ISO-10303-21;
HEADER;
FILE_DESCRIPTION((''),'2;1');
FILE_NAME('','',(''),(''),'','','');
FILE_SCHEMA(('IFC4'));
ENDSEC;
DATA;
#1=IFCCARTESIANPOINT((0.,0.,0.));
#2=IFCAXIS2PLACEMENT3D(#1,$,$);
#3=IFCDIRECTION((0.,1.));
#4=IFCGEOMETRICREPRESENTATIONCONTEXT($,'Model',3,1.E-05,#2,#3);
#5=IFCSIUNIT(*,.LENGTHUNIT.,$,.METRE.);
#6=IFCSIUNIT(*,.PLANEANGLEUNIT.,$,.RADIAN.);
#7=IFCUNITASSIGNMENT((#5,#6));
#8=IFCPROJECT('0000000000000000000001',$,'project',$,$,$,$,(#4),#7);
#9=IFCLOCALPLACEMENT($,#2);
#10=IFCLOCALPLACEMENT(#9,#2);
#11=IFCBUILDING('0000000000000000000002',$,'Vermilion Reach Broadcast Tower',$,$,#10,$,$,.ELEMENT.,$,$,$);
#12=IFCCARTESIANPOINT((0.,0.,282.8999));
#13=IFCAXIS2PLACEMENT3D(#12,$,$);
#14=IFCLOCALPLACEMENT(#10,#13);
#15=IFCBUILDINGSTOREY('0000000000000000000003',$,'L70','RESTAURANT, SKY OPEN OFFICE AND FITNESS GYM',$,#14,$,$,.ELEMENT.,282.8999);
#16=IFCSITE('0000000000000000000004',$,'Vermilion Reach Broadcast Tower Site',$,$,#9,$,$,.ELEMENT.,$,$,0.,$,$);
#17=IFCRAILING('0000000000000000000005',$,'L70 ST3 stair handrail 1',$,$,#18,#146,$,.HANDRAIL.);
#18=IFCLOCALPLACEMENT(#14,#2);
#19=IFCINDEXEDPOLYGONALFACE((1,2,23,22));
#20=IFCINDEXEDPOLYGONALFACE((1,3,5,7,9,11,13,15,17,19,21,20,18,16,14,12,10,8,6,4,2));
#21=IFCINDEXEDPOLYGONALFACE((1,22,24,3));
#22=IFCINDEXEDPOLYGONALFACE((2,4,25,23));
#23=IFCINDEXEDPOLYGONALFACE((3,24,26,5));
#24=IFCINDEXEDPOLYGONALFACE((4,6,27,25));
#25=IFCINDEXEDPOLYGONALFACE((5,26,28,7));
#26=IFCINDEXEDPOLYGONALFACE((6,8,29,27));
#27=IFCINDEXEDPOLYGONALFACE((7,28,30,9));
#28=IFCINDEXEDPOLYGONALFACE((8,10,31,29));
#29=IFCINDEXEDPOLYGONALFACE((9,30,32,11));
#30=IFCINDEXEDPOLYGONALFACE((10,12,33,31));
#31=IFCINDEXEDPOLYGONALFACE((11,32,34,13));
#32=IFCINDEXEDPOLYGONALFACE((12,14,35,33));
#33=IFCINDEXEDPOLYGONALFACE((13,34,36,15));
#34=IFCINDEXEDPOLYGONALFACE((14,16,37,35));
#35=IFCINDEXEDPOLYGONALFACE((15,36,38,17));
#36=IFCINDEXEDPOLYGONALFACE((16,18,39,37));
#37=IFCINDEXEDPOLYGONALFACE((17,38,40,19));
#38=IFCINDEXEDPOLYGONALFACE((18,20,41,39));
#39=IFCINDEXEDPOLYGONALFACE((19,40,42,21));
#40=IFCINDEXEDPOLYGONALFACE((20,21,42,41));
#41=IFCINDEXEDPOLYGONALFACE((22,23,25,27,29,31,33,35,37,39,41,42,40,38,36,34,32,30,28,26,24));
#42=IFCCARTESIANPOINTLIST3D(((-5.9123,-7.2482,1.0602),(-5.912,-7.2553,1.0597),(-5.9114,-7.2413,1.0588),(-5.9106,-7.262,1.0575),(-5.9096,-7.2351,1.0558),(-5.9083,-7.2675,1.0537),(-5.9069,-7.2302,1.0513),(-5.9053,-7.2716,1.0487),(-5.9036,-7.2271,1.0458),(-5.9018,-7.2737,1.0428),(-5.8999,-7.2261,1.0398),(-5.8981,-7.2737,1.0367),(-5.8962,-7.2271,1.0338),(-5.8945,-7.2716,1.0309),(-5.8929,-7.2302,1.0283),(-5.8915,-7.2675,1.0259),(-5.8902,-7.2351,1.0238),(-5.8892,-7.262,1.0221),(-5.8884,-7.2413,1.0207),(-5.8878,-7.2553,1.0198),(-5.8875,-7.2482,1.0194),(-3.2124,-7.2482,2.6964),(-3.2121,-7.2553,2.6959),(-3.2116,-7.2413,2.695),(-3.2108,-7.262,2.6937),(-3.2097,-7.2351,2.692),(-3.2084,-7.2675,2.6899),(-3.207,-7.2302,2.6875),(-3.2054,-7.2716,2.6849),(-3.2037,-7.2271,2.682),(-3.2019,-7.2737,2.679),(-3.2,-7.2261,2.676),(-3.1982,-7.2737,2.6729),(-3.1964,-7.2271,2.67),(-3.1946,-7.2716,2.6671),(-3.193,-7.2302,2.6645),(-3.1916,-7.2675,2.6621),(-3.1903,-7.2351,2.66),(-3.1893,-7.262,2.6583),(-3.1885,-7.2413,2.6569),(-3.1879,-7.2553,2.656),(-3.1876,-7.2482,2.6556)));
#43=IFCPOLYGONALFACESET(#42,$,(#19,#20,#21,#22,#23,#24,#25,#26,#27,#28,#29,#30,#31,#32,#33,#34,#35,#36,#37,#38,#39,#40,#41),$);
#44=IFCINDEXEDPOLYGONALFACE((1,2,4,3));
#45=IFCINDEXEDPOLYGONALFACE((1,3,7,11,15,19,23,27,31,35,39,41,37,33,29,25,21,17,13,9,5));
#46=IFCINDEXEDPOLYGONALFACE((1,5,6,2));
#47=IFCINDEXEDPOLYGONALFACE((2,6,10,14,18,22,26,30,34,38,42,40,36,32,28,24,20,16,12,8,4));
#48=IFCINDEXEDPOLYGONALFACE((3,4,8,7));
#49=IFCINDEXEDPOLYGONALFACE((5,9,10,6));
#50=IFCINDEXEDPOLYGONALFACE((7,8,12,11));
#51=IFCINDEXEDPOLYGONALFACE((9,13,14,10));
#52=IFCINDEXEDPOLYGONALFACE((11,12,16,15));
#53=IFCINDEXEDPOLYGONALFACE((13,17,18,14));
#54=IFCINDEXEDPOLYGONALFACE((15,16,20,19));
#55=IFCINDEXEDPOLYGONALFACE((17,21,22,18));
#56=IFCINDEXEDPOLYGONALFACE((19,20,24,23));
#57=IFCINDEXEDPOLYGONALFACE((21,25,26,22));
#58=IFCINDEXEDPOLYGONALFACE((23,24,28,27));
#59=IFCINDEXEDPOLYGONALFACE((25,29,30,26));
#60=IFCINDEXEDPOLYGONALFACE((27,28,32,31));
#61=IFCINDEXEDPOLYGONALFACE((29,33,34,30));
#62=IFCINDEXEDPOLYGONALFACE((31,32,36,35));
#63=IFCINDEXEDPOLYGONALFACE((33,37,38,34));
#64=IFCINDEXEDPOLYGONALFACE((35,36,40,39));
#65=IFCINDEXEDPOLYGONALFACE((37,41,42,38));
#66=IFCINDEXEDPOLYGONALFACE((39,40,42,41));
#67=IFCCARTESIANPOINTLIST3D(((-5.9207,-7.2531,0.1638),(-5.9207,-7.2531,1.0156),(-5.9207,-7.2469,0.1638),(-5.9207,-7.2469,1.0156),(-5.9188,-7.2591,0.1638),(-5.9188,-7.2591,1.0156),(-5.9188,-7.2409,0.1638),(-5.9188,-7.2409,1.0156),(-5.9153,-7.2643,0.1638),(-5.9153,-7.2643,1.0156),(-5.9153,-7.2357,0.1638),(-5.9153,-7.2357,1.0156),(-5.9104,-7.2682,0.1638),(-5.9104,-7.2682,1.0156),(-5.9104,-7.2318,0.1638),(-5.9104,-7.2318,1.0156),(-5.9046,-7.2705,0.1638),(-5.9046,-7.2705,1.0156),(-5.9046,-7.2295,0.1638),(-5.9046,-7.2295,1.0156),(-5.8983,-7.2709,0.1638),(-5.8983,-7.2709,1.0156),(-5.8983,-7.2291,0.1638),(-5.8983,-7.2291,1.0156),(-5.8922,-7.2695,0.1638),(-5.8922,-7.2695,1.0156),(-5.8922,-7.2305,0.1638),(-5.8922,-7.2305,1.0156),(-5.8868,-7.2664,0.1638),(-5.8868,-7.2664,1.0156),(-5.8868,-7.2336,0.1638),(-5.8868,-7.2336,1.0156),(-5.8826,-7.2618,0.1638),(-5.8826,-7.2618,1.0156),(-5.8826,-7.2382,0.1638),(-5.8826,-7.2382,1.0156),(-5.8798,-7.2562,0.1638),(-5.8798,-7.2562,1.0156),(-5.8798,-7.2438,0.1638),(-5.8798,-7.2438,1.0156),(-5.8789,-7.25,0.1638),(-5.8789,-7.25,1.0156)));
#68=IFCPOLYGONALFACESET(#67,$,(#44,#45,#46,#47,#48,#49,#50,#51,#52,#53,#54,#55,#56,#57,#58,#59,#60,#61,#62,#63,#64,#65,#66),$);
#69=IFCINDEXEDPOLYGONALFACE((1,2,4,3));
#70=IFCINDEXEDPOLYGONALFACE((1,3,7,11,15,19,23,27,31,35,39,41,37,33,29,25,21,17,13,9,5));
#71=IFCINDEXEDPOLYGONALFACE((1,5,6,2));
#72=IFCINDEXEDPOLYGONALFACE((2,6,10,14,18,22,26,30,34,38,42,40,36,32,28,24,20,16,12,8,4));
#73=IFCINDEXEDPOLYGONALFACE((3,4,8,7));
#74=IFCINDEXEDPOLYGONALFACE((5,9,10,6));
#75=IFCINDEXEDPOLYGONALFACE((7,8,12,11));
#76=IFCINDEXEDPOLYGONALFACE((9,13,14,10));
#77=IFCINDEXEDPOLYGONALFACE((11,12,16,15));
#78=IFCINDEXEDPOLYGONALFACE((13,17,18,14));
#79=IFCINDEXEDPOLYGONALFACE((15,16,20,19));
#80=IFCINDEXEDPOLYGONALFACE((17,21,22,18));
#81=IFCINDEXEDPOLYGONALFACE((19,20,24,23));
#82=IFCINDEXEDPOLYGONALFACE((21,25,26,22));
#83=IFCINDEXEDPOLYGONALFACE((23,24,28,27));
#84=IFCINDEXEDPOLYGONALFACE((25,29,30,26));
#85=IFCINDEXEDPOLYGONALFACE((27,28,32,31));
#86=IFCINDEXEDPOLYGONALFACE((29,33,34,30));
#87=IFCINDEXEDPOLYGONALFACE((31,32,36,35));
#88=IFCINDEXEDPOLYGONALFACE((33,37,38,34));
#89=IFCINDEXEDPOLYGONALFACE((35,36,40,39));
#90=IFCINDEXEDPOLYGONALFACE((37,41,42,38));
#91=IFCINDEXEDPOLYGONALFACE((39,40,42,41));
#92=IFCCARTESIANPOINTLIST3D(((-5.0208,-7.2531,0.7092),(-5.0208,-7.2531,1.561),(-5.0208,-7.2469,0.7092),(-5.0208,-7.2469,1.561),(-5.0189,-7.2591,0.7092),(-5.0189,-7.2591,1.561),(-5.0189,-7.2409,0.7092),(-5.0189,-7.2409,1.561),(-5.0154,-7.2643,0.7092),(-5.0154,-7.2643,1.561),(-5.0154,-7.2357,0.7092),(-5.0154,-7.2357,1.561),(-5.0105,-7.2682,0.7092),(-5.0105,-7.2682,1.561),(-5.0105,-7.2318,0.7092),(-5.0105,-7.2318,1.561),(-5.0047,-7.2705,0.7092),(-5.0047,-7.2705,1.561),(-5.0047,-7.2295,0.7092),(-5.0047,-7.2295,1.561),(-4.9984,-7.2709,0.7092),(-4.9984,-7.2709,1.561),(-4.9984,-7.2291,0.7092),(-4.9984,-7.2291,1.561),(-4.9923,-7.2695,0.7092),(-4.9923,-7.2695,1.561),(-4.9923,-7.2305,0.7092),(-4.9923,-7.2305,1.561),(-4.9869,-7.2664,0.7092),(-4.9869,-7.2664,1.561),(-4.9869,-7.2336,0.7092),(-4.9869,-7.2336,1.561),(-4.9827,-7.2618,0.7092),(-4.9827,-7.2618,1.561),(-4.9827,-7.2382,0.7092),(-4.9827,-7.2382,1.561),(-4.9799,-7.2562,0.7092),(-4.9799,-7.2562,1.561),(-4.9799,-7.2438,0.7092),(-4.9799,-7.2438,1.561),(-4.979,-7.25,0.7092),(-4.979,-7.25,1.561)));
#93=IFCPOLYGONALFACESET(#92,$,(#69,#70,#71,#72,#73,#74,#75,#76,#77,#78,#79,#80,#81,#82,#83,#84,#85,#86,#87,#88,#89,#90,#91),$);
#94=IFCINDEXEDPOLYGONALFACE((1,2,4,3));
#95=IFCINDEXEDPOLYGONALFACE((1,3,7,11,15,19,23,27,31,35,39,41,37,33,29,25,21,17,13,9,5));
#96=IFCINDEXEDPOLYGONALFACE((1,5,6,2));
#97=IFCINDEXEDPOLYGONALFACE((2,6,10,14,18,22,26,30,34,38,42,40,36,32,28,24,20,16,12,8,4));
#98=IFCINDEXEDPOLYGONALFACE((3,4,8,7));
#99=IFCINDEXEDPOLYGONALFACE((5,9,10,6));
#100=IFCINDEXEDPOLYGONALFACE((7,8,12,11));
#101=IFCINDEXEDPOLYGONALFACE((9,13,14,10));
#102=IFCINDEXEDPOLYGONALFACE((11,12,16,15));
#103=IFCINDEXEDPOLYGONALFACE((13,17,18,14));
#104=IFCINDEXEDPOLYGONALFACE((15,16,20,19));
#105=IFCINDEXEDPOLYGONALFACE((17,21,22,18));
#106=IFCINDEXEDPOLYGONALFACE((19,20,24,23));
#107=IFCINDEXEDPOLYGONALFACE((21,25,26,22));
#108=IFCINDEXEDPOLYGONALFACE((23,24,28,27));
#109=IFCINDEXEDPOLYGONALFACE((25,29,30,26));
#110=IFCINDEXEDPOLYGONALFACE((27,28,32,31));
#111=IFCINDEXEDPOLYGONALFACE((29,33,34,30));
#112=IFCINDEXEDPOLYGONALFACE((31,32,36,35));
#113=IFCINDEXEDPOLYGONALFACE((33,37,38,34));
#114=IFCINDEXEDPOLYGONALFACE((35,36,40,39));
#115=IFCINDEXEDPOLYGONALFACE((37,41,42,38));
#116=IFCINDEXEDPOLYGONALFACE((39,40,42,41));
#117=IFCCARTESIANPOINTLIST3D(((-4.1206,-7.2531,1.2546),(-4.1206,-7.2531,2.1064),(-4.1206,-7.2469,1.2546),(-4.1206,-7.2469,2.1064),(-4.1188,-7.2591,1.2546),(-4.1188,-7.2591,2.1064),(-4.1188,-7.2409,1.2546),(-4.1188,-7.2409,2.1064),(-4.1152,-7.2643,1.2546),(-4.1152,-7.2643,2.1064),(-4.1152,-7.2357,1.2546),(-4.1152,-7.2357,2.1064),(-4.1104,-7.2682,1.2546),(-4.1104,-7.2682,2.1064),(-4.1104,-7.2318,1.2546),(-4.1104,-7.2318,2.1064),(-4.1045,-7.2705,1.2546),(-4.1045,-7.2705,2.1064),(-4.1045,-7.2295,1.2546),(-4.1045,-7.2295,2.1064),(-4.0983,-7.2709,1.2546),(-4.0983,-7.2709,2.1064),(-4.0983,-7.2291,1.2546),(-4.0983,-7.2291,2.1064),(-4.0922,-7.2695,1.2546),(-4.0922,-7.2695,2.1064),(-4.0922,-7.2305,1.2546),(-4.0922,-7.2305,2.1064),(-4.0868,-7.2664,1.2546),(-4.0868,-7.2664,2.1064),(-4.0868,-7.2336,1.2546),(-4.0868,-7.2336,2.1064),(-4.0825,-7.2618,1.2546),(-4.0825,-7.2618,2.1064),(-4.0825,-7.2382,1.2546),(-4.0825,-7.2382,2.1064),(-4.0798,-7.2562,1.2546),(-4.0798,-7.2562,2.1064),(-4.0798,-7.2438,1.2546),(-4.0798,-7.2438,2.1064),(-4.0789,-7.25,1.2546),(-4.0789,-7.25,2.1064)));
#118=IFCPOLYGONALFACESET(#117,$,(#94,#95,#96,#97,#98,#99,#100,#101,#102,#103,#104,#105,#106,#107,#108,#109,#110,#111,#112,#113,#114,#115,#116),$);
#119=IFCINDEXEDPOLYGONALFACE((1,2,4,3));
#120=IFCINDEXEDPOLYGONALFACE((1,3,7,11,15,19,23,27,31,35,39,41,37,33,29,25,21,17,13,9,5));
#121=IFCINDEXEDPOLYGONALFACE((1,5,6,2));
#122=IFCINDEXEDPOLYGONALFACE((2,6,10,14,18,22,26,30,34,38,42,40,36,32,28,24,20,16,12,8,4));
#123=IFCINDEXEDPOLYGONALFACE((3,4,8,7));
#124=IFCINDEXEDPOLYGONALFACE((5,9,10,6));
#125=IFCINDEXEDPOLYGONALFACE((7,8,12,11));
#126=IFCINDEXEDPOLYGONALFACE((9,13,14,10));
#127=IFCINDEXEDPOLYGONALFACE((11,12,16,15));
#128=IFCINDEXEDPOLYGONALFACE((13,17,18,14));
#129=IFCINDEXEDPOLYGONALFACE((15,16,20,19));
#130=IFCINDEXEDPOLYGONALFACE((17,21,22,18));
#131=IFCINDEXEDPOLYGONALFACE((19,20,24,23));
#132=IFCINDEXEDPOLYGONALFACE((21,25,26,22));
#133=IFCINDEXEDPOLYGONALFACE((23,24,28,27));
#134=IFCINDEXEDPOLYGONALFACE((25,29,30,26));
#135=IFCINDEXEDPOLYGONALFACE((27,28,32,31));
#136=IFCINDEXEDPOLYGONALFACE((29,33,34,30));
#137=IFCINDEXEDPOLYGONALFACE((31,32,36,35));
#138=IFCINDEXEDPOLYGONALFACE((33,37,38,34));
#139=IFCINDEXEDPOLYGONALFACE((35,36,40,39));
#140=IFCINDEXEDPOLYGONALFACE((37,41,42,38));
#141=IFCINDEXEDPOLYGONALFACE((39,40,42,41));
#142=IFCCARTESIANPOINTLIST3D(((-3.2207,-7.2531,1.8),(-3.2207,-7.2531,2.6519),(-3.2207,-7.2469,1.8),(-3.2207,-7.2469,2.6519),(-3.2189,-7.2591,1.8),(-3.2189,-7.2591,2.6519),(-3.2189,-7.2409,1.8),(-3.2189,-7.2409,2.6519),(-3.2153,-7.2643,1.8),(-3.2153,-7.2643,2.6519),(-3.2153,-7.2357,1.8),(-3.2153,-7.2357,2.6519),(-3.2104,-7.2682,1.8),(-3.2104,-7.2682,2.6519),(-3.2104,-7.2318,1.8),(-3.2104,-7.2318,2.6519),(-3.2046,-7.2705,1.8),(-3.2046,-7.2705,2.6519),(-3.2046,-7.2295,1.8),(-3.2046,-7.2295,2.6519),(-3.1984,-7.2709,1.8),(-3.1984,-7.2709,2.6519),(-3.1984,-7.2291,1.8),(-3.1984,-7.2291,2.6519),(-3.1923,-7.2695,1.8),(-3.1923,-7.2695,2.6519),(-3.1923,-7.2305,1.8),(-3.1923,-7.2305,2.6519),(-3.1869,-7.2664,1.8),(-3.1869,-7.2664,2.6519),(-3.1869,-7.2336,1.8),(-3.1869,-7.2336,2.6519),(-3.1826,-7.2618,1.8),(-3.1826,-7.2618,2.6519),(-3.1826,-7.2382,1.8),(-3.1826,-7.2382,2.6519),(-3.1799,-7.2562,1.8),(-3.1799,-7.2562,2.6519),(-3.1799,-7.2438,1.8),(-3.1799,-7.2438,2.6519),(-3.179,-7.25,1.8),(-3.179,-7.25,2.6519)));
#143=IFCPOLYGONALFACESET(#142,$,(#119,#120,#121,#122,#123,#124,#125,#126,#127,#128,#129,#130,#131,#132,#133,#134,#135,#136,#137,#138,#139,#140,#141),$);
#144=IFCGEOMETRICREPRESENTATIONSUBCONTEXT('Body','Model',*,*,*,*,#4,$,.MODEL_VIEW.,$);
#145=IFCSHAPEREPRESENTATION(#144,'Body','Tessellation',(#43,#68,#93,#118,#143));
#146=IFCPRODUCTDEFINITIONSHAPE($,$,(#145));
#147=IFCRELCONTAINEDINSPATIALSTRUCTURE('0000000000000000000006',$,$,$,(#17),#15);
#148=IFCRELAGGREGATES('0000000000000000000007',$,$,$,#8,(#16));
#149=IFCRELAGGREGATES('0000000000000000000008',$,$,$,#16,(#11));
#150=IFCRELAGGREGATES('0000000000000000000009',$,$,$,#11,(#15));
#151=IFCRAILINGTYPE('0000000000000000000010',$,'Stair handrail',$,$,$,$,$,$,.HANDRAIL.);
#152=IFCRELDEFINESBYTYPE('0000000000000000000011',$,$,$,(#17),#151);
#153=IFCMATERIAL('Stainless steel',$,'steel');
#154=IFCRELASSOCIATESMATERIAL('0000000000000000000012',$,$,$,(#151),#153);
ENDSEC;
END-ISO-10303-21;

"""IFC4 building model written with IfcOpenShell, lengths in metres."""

from ifc_helpers import new_model, si_unit, direction, frame, origin, origin_2d, place, context, subcontext, project, spatial, circle, extrude, material, type_object, element, save


model = new_model("IFC4")

# Units and contexts
model_context = context("Model", 3, precision=1e-05, world=origin(), true_north=direction((0.0, 1.0)))
body_context = subcontext(model_context, "Body", "Model", "MODEL_VIEW")
ifc_project = project(units=[si_unit("LENGTHUNIT", "METRE"), si_unit("PLANEANGLEUNIT", "RADIAN")], contexts=[model_context])

# Site, building, storey
site_placement = place(None, origin())
site = spatial("IfcSite", under=ifc_project, at=site_placement, Name="Vermilion Reach Broadcast Tower Site", CompositionType="ELEMENT", RefElevation=0.0)
building_placement = place(site_placement, origin())
building = spatial("IfcBuilding", under=site, at=building_placement, Name="Vermilion Reach Broadcast Tower", CompositionType="ELEMENT")
storey_placement = place(building_placement, frame((0.0, 0.0, 282.8999)))
storey = spatial("IfcBuildingStorey", under=building, at=storey_placement, Name="L70", Description="RESTAURANT, SKY OPEN OFFICE AND FITNESS GYM", CompositionType="ELEMENT", Elevation=282.8999)

# Railing
ifc_material_1 = material(Name="Stainless steel", Category="steel")
railing_type_1 = type_object("IfcRailingType", Name="Stair handrail", PredefinedType="HANDRAIL", material=ifc_material_1)
railing_1_placement = place(storey_placement, frame((-5.8999, -7.25, 0.1638)))
element("IfcRailing", 1, at=railing_1_placement, inside=storey, type_object=railing_type_1, Name="L70 ST3 stair handrail 1", PredefinedType="HANDRAIL", context=body_context, shape_type="SweptSolid", body=[
    extrude(circle(Radius=0.0239, at=origin_2d()), frame((0.0, 0.0, 0.876), z_axis=(0.855212, 0.0, 0.518278), x_axis=(0.0, 1.0, 0.0)), (0.0, 0.0, 1.0), 3.157),
    extrude(circle(Radius=0.021, at=origin_2d()), origin(), (0.0, 0.0, 1.0), 0.8518),
    extrude(circle(Radius=0.021, at=origin_2d()), frame((0.8999, 0.0, 0.5454)), (0.0, 0.0, 1.0), 0.8518),
    extrude(circle(Radius=0.021, at=origin_2d()), frame((1.8, 0.0, 1.0908)), (0.0, 0.0, 1.0), 0.8518),
    extrude(circle(Radius=0.021, at=origin_2d()), frame((2.7, 0.0, 1.6362)), (0.0, 0.0, 1.0), 0.8518),
])

save(model, "model.ifc")
